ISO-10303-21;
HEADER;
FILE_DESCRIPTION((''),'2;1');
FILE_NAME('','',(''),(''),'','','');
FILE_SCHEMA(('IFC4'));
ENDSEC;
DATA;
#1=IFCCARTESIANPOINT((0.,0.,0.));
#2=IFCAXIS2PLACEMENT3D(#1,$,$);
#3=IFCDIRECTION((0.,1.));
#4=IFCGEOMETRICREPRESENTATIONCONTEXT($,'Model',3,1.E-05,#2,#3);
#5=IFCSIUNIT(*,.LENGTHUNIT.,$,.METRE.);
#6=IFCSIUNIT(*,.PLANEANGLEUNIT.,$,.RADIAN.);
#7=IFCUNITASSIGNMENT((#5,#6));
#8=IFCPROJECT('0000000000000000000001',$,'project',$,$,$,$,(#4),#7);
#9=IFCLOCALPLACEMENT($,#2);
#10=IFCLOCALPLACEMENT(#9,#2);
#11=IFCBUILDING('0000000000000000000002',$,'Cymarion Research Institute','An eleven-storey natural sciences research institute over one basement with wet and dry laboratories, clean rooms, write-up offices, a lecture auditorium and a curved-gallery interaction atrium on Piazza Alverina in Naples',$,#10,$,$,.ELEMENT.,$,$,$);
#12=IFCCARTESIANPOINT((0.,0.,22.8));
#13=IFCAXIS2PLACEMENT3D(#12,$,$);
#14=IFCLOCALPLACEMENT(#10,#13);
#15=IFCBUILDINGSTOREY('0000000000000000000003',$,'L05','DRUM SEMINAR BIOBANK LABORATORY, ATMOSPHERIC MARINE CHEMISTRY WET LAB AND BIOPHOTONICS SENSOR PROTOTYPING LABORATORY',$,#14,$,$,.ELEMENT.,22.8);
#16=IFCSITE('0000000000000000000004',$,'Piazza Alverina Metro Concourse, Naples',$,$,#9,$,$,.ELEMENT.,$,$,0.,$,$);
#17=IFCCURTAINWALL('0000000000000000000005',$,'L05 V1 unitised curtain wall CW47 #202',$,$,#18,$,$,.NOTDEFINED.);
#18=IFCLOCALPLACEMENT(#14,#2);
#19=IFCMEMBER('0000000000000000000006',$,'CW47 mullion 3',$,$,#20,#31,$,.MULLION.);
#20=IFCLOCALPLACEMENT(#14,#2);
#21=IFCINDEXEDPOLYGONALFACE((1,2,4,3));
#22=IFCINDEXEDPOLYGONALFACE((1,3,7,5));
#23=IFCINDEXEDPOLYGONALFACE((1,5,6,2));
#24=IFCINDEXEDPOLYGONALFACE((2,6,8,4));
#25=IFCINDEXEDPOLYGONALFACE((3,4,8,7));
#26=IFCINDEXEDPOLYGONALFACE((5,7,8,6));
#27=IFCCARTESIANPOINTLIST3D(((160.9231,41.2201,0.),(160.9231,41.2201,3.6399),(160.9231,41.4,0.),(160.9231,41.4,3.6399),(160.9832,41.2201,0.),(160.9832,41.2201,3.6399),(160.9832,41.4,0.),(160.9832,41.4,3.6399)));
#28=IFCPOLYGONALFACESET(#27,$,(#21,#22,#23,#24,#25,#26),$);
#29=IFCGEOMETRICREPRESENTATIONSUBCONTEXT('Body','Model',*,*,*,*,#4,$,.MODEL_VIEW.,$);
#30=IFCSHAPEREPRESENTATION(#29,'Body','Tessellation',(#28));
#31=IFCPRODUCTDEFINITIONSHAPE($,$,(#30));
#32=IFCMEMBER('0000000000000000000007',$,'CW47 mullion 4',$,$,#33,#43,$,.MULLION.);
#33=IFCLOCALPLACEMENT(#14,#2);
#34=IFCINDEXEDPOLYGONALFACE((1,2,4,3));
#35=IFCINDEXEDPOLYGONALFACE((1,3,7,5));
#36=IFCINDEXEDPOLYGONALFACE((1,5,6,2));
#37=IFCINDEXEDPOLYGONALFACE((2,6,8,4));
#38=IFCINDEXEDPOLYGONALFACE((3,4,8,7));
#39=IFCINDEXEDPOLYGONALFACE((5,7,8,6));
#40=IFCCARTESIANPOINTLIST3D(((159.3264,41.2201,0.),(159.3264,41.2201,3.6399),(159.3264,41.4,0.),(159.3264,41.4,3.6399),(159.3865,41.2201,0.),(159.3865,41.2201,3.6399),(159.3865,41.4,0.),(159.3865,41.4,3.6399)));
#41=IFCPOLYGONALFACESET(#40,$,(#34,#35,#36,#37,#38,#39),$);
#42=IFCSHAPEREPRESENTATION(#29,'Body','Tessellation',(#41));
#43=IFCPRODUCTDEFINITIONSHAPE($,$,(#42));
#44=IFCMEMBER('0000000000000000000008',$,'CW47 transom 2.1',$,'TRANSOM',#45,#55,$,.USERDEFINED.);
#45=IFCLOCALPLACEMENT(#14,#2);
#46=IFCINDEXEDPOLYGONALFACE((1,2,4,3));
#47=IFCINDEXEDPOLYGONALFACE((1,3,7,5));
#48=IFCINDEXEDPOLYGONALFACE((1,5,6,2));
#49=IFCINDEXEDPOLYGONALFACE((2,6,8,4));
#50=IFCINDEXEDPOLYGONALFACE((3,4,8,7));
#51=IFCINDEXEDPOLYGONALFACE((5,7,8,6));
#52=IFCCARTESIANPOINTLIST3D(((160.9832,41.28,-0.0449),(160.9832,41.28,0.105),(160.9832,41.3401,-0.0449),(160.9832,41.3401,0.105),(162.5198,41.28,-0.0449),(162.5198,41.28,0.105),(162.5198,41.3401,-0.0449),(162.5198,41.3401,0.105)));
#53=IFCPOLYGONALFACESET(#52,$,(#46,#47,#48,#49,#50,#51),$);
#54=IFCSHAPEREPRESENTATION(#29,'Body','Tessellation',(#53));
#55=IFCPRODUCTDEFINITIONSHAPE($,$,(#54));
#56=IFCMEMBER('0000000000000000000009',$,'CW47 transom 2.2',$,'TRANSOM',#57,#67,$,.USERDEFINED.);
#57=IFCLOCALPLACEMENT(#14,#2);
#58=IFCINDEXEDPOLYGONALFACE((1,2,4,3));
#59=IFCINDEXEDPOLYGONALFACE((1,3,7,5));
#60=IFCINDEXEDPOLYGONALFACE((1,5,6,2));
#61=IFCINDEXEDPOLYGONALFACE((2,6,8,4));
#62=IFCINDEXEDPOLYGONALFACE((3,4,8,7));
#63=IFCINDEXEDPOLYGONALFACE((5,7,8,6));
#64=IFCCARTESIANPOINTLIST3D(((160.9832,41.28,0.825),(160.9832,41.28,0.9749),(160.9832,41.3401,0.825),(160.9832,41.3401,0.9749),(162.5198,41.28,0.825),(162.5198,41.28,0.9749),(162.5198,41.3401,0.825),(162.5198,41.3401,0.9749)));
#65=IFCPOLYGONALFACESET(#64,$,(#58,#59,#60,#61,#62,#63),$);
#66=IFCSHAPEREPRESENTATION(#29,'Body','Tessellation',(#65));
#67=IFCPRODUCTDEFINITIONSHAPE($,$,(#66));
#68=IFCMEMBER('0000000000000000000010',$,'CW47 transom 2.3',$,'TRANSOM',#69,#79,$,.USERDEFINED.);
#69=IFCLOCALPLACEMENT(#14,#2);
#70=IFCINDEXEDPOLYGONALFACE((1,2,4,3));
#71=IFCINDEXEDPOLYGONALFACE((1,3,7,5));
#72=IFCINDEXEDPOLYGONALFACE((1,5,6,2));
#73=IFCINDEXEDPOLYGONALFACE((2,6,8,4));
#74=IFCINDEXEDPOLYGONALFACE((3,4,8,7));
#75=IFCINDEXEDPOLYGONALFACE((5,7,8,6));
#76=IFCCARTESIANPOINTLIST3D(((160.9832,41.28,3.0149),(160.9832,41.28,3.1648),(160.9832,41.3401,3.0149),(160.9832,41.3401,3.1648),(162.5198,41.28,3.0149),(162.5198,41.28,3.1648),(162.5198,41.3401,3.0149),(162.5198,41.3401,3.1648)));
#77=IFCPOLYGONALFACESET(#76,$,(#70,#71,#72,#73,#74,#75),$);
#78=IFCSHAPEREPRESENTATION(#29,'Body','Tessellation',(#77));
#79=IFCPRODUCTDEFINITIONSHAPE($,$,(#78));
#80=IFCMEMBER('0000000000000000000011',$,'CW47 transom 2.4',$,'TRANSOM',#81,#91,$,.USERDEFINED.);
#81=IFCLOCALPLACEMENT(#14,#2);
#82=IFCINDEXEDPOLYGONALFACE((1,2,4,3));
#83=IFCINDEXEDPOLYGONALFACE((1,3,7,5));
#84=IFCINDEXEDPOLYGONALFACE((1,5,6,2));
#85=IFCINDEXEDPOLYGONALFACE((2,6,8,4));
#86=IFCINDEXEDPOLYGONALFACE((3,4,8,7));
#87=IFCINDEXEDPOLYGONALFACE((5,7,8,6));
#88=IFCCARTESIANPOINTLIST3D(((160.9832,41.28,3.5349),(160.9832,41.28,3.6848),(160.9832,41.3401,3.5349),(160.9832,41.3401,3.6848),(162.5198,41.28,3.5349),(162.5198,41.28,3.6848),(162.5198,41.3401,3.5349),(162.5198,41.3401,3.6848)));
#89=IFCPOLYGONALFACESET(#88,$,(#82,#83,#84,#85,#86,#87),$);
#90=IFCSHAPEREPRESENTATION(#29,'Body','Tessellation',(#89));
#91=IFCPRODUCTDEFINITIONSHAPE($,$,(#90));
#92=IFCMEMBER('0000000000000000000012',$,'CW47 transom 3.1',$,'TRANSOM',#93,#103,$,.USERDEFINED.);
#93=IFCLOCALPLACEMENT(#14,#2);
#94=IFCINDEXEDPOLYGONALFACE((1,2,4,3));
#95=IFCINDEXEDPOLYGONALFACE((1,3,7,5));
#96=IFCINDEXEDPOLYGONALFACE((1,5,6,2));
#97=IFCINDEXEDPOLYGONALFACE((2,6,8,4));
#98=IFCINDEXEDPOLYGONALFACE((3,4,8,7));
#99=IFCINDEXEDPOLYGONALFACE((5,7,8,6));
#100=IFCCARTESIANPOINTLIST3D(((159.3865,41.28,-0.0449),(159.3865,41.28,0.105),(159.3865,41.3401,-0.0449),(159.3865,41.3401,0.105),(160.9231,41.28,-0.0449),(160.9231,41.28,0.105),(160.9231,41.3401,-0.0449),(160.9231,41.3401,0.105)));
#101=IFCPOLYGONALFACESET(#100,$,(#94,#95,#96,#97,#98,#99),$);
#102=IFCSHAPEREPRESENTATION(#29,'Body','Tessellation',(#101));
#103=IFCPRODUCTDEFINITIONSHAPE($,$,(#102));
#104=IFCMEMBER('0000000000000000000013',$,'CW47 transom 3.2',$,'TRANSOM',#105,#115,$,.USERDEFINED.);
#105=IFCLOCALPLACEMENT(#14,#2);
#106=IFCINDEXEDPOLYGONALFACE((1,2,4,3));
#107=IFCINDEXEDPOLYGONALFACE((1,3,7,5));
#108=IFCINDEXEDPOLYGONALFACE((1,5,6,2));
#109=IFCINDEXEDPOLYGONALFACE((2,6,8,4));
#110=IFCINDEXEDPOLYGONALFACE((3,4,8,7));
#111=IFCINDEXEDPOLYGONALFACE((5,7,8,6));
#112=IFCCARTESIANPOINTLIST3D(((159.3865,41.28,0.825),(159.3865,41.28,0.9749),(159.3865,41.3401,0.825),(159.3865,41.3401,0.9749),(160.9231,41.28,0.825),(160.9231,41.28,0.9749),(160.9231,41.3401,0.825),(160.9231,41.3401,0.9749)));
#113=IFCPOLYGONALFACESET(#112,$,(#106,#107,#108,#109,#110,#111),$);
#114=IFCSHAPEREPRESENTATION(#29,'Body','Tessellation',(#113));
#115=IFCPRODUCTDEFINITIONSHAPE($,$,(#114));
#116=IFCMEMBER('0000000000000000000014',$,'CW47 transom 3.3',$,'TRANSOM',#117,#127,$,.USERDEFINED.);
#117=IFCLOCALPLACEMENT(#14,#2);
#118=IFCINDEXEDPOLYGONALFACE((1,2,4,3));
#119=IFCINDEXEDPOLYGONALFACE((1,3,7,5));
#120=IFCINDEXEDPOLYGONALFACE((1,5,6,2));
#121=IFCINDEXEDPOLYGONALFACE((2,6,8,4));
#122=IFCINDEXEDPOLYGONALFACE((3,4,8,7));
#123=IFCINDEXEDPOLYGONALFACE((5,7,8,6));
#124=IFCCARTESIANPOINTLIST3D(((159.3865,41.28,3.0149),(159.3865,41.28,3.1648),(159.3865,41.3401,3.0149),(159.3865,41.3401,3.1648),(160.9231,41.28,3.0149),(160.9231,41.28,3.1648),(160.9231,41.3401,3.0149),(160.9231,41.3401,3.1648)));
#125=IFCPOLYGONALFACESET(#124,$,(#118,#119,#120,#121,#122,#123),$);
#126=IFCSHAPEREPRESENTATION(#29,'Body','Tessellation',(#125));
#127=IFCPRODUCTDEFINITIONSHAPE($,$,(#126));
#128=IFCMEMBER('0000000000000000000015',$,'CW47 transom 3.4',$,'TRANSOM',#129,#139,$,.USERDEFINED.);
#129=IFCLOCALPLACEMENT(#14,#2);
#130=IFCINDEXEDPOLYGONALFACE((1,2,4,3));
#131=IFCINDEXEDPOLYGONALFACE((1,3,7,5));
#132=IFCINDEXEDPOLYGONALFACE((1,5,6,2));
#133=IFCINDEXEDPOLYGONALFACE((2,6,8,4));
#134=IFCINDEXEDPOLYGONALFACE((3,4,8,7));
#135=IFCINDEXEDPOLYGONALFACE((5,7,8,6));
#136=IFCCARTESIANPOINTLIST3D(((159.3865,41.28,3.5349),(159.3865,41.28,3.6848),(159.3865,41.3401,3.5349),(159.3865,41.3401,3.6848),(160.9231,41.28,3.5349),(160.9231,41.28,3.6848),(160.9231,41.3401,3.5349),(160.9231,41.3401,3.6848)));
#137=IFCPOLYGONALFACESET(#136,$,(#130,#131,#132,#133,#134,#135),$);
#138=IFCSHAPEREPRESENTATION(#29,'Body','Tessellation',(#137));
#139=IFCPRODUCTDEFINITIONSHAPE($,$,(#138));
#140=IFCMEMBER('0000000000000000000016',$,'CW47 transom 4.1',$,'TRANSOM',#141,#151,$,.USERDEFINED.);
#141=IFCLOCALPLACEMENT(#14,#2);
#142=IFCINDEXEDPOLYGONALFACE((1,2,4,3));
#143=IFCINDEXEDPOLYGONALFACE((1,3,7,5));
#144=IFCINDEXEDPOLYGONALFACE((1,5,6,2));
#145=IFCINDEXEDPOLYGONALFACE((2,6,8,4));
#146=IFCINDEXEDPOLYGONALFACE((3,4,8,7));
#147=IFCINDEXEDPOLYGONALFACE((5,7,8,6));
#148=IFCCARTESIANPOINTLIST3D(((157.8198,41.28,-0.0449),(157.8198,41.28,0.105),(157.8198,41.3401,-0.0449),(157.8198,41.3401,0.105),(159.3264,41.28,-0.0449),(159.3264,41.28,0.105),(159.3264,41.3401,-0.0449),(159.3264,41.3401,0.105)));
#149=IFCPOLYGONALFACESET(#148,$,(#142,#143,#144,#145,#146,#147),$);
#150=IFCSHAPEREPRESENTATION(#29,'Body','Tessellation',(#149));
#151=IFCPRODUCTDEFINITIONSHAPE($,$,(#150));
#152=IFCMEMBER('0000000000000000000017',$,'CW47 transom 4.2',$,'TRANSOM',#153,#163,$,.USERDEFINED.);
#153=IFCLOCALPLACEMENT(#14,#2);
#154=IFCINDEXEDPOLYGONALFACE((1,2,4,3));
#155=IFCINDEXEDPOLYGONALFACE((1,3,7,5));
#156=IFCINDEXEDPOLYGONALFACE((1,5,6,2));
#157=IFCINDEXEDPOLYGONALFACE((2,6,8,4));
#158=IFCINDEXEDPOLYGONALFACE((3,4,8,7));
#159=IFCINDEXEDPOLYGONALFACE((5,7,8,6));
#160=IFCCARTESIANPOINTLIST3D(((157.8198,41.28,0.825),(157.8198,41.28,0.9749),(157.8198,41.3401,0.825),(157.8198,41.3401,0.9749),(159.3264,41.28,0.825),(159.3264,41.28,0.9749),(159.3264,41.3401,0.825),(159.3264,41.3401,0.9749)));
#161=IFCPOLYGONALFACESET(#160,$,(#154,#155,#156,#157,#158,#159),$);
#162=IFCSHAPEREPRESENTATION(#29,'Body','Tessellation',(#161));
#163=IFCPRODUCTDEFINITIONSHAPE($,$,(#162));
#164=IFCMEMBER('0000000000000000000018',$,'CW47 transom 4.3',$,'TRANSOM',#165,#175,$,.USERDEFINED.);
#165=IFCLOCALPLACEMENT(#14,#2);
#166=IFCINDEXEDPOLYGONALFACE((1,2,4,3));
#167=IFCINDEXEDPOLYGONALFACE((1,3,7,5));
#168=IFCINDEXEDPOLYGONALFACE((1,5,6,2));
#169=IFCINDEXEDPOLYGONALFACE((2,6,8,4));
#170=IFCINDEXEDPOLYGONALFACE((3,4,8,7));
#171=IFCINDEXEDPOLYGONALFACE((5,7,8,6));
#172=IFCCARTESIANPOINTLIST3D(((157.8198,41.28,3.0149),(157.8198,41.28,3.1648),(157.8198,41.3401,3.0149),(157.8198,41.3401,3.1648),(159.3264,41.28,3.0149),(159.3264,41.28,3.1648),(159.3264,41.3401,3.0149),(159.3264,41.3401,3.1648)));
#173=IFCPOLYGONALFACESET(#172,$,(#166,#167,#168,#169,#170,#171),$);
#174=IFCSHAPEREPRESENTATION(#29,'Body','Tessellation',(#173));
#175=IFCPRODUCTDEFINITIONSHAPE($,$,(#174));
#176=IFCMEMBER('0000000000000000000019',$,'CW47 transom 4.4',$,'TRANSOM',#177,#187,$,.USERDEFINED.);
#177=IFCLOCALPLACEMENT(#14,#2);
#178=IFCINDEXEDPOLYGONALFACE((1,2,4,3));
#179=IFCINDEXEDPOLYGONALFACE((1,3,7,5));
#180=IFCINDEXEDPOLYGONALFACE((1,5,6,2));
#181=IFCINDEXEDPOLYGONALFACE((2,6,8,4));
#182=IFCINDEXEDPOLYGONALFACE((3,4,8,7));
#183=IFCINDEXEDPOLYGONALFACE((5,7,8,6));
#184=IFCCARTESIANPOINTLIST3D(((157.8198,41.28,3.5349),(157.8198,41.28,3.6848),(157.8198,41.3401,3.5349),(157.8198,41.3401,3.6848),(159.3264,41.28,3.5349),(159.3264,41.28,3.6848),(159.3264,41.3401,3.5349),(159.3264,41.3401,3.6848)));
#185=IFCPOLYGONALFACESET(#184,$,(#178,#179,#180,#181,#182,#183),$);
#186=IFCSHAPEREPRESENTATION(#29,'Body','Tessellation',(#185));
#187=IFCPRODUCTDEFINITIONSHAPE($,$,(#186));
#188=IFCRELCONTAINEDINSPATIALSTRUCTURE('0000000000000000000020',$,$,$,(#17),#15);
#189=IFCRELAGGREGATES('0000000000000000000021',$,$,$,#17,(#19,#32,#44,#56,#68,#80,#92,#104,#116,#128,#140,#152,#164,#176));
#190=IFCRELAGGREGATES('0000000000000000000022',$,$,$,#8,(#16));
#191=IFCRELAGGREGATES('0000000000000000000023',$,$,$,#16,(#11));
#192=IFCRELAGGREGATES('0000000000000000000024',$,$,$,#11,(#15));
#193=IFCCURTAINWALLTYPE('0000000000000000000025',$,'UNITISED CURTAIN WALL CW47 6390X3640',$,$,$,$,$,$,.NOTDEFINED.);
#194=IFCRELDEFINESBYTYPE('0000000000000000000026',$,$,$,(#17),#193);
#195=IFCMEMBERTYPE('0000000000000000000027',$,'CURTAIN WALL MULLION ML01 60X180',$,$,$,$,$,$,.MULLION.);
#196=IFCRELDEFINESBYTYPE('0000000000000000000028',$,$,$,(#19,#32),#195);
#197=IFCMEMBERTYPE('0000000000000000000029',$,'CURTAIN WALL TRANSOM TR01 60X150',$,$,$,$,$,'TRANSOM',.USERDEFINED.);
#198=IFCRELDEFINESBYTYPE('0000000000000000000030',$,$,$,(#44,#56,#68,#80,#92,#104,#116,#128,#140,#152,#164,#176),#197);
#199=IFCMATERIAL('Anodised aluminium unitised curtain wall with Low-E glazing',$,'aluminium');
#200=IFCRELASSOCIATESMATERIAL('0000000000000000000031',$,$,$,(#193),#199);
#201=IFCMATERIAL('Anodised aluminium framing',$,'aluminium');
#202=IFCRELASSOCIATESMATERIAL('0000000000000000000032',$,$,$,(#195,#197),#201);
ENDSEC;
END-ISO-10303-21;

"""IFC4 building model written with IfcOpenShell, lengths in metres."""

from ifc_helpers import new_model, si_unit, direction, frame, origin, origin_2d, place, context, subcontext, project, spatial, rectangle, extrude, material, material_profile, profile_set, type_object, element, aggregate, save


model = new_model("IFC4")

# Units and contexts
model_context = context("Model", 3, precision=1e-05, world=origin(), true_north=direction((0.0, 1.0)))
body_context = subcontext(model_context, "Body", "Model", "MODEL_VIEW")
ifc_project = project(units=[si_unit("LENGTHUNIT", "METRE"), si_unit("PLANEANGLEUNIT", "RADIAN")], contexts=[model_context])

# Site, building, storey
site_placement = place(None, origin())
site = spatial("IfcSite", under=ifc_project, at=site_placement, Name="Piazza Alverina Metro Concourse, Naples", CompositionType="ELEMENT", RefElevation=0.0)
building_placement = place(site_placement, origin())
building = spatial("IfcBuilding", under=site, at=building_placement, Name="Cymarion Research Institute", Description="An eleven-storey natural sciences research institute over one basement with wet and dry laboratories, clean rooms, write-up offices, a lecture auditorium and a curved-gallery interaction atrium on Piazza Alverina in Naples", CompositionType="ELEMENT")
storey_placement = place(building_placement, frame((0.0, 0.0, 22.8)))
storey = spatial("IfcBuildingStorey", under=building, at=storey_placement, Name="L05", Description="DRUM SEMINAR BIOBANK LABORATORY, ATMOSPHERIC MARINE CHEMISTRY WET LAB AND BIOPHOTONICS SENSOR PROTOTYPING LABORATORY", CompositionType="ELEMENT", Elevation=22.8)

# Curtain wall, members
ifc_material_1 = material(Name="Anodised aluminium unitised curtain wall with Low-E glazing", Category="aluminium")
curtain_wall_type = type_object("IfcCurtainWallType", Name="UNITISED CURTAIN WALL CW47 6390X3640", PredefinedType="NOTDEFINED", material=ifc_material_1)
curtain_wall_placement = place(storey_placement, origin())
curtain_wall = element("IfcCurtainWall", 1, at=curtain_wall_placement, inside=storey, type_object=curtain_wall_type, Name="L05 V1 unitised curtain wall CW47 #202", PredefinedType="NOTDEFINED")
ifc_material_2 = material(Name="Anodised aluminium framing", Category="aluminium")
ifc_material_profile_1 = material_profile(ifc_material_2, rectangle(XDim=0.0601, YDim=0.1799, at=origin_2d()), Name="ALU MULLION 60x180")
ifc_profile_set_1 = profile_set([ifc_material_profile_1], Name="Anodised aluminium framing")
member_type_1 = type_object("IfcMemberType", Name="CURTAIN WALL MULLION ML01 60X180", PredefinedType="MULLION", material=ifc_profile_set_1)
member_1_placement = place(storey_placement, frame((160.9531, 41.3101, 0.0), z_axis=(0.0, 0.0, 1.0), x_axis=(-1.0, 0.0, 0.0)))
member_1 = element("IfcMember", 2, at=member_1_placement, type_object=member_type_1, Name="CW47 mullion 3", PredefinedType="MULLION", context=body_context, shape_type="SweptSolid", body=[
    extrude(rectangle(XDim=0.0601, YDim=0.1799, at=origin_2d()), origin(), (0.0, 0.0, 1.0), 3.6399),
])
member_2_placement = place(storey_placement, frame((159.3564, 41.3101, 0.0), z_axis=(0.0, 0.0, 1.0), x_axis=(-1.0, 0.0, 0.0)))
member_2 = element("IfcMember", 3, at=member_2_placement, type_object=member_type_1, Name="CW47 mullion 4", PredefinedType="MULLION", context=body_context, shape_type="SweptSolid", body=[
    extrude(rectangle(XDim=0.0601, YDim=0.1799, at=origin_2d()), origin(), (0.0, 0.0, 1.0), 3.6399),
])
ifc_material_profile_2 = material_profile(ifc_material_2, rectangle(XDim=0.0601, YDim=0.1499, at=origin_2d()), Name="ALU TRANSOM 60x150")
ifc_profile_set_2 = profile_set([ifc_material_profile_2], Name="Anodised aluminium framing")
member_type_2 = type_object("IfcMemberType", Name="CURTAIN WALL TRANSOM TR01 60X150", ElementType="TRANSOM", PredefinedType="USERDEFINED", material=ifc_profile_set_2)
member_3_placement = place(storey_placement, frame((162.5198, 41.3101, 0.03), z_axis=(-1.0, 0.0, 0.0), x_axis=(0.0, -1.0, 0.0)))
member_3 = element("IfcMember", 4, at=member_3_placement, type_object=member_type_2, Name="CW47 transom 2.1", ObjectType="TRANSOM", PredefinedType="USERDEFINED", context=body_context, shape_type="SweptSolid", body=[
    extrude(rectangle(XDim=0.0601, YDim=0.1499, at=origin_2d()), origin(), (0.0, 0.0, 1.0), 1.5366),
])
member_4_placement = place(storey_placement, frame((162.5198, 41.3101, 0.8999), z_axis=(-1.0, 0.0, 0.0), x_axis=(0.0, -1.0, 0.0)))
member_4 = element("IfcMember", 5, at=member_4_placement, type_object=member_type_2, Name="CW47 transom 2.2", ObjectType="TRANSOM", PredefinedType="USERDEFINED", context=body_context, shape_type="SweptSolid", body=[
    extrude(rectangle(XDim=0.0601, YDim=0.1499, at=origin_2d()), origin(), (0.0, 0.0, 1.0), 1.5366),
])
member_5_placement = place(storey_placement, frame((162.5198, 41.3101, 3.0898), z_axis=(-1.0, 0.0, 0.0), x_axis=(0.0, -1.0, 0.0)))
member_5 = element("IfcMember", 6, at=member_5_placement, type_object=member_type_2, Name="CW47 transom 2.3", ObjectType="TRANSOM", PredefinedType="USERDEFINED", context=body_context, shape_type="SweptSolid", body=[
    extrude(rectangle(XDim=0.0601, YDim=0.1499, at=origin_2d()), origin(), (0.0, 0.0, 1.0), 1.5366),
])
member_6_placement = place(storey_placement, frame((162.5198, 41.3101, 3.6099), z_axis=(-1.0, 0.0, 0.0), x_axis=(0.0, -1.0, 0.0)))
member_6 = element("IfcMember", 7, at=member_6_placement, type_object=member_type_2, Name="CW47 transom 2.4", ObjectType="TRANSOM", PredefinedType="USERDEFINED", context=body_context, shape_type="SweptSolid", body=[
    extrude(rectangle(XDim=0.0601, YDim=0.1499, at=origin_2d()), origin(), (0.0, 0.0, 1.0), 1.5366),
])
member_7_placement = place(storey_placement, frame((160.9231, 41.3101, 0.03), z_axis=(-1.0, 0.0, 0.0), x_axis=(0.0, -1.0, 0.0)))
member_7 = element("IfcMember", 8, at=member_7_placement, type_object=member_type_2, Name="CW47 transom 3.1", ObjectType="TRANSOM", PredefinedType="USERDEFINED", context=body_context, shape_type="SweptSolid", body=[
    extrude(rectangle(XDim=0.0601, YDim=0.1499, at=origin_2d()), origin(), (0.0, 0.0, 1.0), 1.5366),
])
member_8_placement = place(storey_placement, frame((160.9231, 41.3101, 0.8999), z_axis=(-1.0, 0.0, 0.0), x_axis=(0.0, -1.0, 0.0)))
member_8 = element("IfcMember", 9, at=member_8_placement, type_object=member_type_2, Name="CW47 transom 3.2", ObjectType="TRANSOM", PredefinedType="USERDEFINED", context=body_context, shape_type="SweptSolid", body=[
    extrude(rectangle(XDim=0.0601, YDim=0.1499, at=origin_2d()), origin(), (0.0, 0.0, 1.0), 1.5366),
])
member_9_placement = place(storey_placement, frame((160.9231, 41.3101, 3.0898), z_axis=(-1.0, 0.0, 0.0), x_axis=(0.0, -1.0, 0.0)))
member_9 = element("IfcMember", 10, at=member_9_placement, type_object=member_type_2, Name="CW47 transom 3.3", ObjectType="TRANSOM", PredefinedType="USERDEFINED", context=body_context, shape_type="SweptSolid", body=[
    extrude(rectangle(XDim=0.0601, YDim=0.1499, at=origin_2d()), origin(), (0.0, 0.0, 1.0), 1.5366),
])
member_10_placement = place(storey_placement, frame((160.9231, 41.3101, 3.6099), z_axis=(-1.0, 0.0, 0.0), x_axis=(0.0, -1.0, 0.0)))
member_10 = element("IfcMember", 11, at=member_10_placement, type_object=member_type_2, Name="CW47 transom 3.4", ObjectType="TRANSOM", PredefinedType="USERDEFINED", context=body_context, shape_type="SweptSolid", body=[
    extrude(rectangle(XDim=0.0601, YDim=0.1499, at=origin_2d()), origin(), (0.0, 0.0, 1.0), 1.5366),
])
member_11_placement = place(storey_placement, frame((159.3264, 41.3101, 0.03), z_axis=(-1.0, 0.0, 0.0), x_axis=(0.0, -1.0, 0.0)))
member_11 = element("IfcMember", 12, at=member_11_placement, type_object=member_type_2, Name="CW47 transom 4.1", ObjectType="TRANSOM", PredefinedType="USERDEFINED", context=body_context, shape_type="SweptSolid", body=[
    extrude(rectangle(XDim=0.0601, YDim=0.1499, at=origin_2d()), origin(), (0.0, 0.0, 1.0), 1.5066),
])
member_12_placement = place(storey_placement, frame((159.3264, 41.3101, 0.8999), z_axis=(-1.0, 0.0, 0.0), x_axis=(0.0, -1.0, 0.0)))
member_12 = element("IfcMember", 13, at=member_12_placement, type_object=member_type_2, Name="CW47 transom 4.2", ObjectType="TRANSOM", PredefinedType="USERDEFINED", context=body_context, shape_type="SweptSolid", body=[
    extrude(rectangle(XDim=0.0601, YDim=0.1499, at=origin_2d()), origin(), (0.0, 0.0, 1.0), 1.5066),
])
member_13_placement = place(storey_placement, frame((159.3264, 41.3101, 3.0898), z_axis=(-1.0, 0.0, 0.0), x_axis=(0.0, -1.0, 0.0)))
member_13 = element("IfcMember", 14, at=member_13_placement, type_object=member_type_2, Name="CW47 transom 4.3", ObjectType="TRANSOM", PredefinedType="USERDEFINED", context=body_context, shape_type="SweptSolid", body=[
    extrude(rectangle(XDim=0.0601, YDim=0.1499, at=origin_2d()), origin(), (0.0, 0.0, 1.0), 1.5066),
])
member_14_placement = place(storey_placement, frame((159.3264, 41.3101, 3.6099), z_axis=(-1.0, 0.0, 0.0), x_axis=(0.0, -1.0, 0.0)))
member_14 = element("IfcMember", 15, at=member_14_placement, type_object=member_type_2, Name="CW47 transom 4.4", ObjectType="TRANSOM", PredefinedType="USERDEFINED", context=body_context, shape_type="SweptSolid", body=[
    extrude(rectangle(XDim=0.0601, YDim=0.1499, at=origin_2d()), origin(), (0.0, 0.0, 1.0), 1.5066),
])
aggregate(curtain_wall, [member_1, member_2, member_3, member_4, member_5, member_6, member_7, member_8, member_9, member_10, member_11, member_12, member_13, member_14])

save(model, "model.ifc")
